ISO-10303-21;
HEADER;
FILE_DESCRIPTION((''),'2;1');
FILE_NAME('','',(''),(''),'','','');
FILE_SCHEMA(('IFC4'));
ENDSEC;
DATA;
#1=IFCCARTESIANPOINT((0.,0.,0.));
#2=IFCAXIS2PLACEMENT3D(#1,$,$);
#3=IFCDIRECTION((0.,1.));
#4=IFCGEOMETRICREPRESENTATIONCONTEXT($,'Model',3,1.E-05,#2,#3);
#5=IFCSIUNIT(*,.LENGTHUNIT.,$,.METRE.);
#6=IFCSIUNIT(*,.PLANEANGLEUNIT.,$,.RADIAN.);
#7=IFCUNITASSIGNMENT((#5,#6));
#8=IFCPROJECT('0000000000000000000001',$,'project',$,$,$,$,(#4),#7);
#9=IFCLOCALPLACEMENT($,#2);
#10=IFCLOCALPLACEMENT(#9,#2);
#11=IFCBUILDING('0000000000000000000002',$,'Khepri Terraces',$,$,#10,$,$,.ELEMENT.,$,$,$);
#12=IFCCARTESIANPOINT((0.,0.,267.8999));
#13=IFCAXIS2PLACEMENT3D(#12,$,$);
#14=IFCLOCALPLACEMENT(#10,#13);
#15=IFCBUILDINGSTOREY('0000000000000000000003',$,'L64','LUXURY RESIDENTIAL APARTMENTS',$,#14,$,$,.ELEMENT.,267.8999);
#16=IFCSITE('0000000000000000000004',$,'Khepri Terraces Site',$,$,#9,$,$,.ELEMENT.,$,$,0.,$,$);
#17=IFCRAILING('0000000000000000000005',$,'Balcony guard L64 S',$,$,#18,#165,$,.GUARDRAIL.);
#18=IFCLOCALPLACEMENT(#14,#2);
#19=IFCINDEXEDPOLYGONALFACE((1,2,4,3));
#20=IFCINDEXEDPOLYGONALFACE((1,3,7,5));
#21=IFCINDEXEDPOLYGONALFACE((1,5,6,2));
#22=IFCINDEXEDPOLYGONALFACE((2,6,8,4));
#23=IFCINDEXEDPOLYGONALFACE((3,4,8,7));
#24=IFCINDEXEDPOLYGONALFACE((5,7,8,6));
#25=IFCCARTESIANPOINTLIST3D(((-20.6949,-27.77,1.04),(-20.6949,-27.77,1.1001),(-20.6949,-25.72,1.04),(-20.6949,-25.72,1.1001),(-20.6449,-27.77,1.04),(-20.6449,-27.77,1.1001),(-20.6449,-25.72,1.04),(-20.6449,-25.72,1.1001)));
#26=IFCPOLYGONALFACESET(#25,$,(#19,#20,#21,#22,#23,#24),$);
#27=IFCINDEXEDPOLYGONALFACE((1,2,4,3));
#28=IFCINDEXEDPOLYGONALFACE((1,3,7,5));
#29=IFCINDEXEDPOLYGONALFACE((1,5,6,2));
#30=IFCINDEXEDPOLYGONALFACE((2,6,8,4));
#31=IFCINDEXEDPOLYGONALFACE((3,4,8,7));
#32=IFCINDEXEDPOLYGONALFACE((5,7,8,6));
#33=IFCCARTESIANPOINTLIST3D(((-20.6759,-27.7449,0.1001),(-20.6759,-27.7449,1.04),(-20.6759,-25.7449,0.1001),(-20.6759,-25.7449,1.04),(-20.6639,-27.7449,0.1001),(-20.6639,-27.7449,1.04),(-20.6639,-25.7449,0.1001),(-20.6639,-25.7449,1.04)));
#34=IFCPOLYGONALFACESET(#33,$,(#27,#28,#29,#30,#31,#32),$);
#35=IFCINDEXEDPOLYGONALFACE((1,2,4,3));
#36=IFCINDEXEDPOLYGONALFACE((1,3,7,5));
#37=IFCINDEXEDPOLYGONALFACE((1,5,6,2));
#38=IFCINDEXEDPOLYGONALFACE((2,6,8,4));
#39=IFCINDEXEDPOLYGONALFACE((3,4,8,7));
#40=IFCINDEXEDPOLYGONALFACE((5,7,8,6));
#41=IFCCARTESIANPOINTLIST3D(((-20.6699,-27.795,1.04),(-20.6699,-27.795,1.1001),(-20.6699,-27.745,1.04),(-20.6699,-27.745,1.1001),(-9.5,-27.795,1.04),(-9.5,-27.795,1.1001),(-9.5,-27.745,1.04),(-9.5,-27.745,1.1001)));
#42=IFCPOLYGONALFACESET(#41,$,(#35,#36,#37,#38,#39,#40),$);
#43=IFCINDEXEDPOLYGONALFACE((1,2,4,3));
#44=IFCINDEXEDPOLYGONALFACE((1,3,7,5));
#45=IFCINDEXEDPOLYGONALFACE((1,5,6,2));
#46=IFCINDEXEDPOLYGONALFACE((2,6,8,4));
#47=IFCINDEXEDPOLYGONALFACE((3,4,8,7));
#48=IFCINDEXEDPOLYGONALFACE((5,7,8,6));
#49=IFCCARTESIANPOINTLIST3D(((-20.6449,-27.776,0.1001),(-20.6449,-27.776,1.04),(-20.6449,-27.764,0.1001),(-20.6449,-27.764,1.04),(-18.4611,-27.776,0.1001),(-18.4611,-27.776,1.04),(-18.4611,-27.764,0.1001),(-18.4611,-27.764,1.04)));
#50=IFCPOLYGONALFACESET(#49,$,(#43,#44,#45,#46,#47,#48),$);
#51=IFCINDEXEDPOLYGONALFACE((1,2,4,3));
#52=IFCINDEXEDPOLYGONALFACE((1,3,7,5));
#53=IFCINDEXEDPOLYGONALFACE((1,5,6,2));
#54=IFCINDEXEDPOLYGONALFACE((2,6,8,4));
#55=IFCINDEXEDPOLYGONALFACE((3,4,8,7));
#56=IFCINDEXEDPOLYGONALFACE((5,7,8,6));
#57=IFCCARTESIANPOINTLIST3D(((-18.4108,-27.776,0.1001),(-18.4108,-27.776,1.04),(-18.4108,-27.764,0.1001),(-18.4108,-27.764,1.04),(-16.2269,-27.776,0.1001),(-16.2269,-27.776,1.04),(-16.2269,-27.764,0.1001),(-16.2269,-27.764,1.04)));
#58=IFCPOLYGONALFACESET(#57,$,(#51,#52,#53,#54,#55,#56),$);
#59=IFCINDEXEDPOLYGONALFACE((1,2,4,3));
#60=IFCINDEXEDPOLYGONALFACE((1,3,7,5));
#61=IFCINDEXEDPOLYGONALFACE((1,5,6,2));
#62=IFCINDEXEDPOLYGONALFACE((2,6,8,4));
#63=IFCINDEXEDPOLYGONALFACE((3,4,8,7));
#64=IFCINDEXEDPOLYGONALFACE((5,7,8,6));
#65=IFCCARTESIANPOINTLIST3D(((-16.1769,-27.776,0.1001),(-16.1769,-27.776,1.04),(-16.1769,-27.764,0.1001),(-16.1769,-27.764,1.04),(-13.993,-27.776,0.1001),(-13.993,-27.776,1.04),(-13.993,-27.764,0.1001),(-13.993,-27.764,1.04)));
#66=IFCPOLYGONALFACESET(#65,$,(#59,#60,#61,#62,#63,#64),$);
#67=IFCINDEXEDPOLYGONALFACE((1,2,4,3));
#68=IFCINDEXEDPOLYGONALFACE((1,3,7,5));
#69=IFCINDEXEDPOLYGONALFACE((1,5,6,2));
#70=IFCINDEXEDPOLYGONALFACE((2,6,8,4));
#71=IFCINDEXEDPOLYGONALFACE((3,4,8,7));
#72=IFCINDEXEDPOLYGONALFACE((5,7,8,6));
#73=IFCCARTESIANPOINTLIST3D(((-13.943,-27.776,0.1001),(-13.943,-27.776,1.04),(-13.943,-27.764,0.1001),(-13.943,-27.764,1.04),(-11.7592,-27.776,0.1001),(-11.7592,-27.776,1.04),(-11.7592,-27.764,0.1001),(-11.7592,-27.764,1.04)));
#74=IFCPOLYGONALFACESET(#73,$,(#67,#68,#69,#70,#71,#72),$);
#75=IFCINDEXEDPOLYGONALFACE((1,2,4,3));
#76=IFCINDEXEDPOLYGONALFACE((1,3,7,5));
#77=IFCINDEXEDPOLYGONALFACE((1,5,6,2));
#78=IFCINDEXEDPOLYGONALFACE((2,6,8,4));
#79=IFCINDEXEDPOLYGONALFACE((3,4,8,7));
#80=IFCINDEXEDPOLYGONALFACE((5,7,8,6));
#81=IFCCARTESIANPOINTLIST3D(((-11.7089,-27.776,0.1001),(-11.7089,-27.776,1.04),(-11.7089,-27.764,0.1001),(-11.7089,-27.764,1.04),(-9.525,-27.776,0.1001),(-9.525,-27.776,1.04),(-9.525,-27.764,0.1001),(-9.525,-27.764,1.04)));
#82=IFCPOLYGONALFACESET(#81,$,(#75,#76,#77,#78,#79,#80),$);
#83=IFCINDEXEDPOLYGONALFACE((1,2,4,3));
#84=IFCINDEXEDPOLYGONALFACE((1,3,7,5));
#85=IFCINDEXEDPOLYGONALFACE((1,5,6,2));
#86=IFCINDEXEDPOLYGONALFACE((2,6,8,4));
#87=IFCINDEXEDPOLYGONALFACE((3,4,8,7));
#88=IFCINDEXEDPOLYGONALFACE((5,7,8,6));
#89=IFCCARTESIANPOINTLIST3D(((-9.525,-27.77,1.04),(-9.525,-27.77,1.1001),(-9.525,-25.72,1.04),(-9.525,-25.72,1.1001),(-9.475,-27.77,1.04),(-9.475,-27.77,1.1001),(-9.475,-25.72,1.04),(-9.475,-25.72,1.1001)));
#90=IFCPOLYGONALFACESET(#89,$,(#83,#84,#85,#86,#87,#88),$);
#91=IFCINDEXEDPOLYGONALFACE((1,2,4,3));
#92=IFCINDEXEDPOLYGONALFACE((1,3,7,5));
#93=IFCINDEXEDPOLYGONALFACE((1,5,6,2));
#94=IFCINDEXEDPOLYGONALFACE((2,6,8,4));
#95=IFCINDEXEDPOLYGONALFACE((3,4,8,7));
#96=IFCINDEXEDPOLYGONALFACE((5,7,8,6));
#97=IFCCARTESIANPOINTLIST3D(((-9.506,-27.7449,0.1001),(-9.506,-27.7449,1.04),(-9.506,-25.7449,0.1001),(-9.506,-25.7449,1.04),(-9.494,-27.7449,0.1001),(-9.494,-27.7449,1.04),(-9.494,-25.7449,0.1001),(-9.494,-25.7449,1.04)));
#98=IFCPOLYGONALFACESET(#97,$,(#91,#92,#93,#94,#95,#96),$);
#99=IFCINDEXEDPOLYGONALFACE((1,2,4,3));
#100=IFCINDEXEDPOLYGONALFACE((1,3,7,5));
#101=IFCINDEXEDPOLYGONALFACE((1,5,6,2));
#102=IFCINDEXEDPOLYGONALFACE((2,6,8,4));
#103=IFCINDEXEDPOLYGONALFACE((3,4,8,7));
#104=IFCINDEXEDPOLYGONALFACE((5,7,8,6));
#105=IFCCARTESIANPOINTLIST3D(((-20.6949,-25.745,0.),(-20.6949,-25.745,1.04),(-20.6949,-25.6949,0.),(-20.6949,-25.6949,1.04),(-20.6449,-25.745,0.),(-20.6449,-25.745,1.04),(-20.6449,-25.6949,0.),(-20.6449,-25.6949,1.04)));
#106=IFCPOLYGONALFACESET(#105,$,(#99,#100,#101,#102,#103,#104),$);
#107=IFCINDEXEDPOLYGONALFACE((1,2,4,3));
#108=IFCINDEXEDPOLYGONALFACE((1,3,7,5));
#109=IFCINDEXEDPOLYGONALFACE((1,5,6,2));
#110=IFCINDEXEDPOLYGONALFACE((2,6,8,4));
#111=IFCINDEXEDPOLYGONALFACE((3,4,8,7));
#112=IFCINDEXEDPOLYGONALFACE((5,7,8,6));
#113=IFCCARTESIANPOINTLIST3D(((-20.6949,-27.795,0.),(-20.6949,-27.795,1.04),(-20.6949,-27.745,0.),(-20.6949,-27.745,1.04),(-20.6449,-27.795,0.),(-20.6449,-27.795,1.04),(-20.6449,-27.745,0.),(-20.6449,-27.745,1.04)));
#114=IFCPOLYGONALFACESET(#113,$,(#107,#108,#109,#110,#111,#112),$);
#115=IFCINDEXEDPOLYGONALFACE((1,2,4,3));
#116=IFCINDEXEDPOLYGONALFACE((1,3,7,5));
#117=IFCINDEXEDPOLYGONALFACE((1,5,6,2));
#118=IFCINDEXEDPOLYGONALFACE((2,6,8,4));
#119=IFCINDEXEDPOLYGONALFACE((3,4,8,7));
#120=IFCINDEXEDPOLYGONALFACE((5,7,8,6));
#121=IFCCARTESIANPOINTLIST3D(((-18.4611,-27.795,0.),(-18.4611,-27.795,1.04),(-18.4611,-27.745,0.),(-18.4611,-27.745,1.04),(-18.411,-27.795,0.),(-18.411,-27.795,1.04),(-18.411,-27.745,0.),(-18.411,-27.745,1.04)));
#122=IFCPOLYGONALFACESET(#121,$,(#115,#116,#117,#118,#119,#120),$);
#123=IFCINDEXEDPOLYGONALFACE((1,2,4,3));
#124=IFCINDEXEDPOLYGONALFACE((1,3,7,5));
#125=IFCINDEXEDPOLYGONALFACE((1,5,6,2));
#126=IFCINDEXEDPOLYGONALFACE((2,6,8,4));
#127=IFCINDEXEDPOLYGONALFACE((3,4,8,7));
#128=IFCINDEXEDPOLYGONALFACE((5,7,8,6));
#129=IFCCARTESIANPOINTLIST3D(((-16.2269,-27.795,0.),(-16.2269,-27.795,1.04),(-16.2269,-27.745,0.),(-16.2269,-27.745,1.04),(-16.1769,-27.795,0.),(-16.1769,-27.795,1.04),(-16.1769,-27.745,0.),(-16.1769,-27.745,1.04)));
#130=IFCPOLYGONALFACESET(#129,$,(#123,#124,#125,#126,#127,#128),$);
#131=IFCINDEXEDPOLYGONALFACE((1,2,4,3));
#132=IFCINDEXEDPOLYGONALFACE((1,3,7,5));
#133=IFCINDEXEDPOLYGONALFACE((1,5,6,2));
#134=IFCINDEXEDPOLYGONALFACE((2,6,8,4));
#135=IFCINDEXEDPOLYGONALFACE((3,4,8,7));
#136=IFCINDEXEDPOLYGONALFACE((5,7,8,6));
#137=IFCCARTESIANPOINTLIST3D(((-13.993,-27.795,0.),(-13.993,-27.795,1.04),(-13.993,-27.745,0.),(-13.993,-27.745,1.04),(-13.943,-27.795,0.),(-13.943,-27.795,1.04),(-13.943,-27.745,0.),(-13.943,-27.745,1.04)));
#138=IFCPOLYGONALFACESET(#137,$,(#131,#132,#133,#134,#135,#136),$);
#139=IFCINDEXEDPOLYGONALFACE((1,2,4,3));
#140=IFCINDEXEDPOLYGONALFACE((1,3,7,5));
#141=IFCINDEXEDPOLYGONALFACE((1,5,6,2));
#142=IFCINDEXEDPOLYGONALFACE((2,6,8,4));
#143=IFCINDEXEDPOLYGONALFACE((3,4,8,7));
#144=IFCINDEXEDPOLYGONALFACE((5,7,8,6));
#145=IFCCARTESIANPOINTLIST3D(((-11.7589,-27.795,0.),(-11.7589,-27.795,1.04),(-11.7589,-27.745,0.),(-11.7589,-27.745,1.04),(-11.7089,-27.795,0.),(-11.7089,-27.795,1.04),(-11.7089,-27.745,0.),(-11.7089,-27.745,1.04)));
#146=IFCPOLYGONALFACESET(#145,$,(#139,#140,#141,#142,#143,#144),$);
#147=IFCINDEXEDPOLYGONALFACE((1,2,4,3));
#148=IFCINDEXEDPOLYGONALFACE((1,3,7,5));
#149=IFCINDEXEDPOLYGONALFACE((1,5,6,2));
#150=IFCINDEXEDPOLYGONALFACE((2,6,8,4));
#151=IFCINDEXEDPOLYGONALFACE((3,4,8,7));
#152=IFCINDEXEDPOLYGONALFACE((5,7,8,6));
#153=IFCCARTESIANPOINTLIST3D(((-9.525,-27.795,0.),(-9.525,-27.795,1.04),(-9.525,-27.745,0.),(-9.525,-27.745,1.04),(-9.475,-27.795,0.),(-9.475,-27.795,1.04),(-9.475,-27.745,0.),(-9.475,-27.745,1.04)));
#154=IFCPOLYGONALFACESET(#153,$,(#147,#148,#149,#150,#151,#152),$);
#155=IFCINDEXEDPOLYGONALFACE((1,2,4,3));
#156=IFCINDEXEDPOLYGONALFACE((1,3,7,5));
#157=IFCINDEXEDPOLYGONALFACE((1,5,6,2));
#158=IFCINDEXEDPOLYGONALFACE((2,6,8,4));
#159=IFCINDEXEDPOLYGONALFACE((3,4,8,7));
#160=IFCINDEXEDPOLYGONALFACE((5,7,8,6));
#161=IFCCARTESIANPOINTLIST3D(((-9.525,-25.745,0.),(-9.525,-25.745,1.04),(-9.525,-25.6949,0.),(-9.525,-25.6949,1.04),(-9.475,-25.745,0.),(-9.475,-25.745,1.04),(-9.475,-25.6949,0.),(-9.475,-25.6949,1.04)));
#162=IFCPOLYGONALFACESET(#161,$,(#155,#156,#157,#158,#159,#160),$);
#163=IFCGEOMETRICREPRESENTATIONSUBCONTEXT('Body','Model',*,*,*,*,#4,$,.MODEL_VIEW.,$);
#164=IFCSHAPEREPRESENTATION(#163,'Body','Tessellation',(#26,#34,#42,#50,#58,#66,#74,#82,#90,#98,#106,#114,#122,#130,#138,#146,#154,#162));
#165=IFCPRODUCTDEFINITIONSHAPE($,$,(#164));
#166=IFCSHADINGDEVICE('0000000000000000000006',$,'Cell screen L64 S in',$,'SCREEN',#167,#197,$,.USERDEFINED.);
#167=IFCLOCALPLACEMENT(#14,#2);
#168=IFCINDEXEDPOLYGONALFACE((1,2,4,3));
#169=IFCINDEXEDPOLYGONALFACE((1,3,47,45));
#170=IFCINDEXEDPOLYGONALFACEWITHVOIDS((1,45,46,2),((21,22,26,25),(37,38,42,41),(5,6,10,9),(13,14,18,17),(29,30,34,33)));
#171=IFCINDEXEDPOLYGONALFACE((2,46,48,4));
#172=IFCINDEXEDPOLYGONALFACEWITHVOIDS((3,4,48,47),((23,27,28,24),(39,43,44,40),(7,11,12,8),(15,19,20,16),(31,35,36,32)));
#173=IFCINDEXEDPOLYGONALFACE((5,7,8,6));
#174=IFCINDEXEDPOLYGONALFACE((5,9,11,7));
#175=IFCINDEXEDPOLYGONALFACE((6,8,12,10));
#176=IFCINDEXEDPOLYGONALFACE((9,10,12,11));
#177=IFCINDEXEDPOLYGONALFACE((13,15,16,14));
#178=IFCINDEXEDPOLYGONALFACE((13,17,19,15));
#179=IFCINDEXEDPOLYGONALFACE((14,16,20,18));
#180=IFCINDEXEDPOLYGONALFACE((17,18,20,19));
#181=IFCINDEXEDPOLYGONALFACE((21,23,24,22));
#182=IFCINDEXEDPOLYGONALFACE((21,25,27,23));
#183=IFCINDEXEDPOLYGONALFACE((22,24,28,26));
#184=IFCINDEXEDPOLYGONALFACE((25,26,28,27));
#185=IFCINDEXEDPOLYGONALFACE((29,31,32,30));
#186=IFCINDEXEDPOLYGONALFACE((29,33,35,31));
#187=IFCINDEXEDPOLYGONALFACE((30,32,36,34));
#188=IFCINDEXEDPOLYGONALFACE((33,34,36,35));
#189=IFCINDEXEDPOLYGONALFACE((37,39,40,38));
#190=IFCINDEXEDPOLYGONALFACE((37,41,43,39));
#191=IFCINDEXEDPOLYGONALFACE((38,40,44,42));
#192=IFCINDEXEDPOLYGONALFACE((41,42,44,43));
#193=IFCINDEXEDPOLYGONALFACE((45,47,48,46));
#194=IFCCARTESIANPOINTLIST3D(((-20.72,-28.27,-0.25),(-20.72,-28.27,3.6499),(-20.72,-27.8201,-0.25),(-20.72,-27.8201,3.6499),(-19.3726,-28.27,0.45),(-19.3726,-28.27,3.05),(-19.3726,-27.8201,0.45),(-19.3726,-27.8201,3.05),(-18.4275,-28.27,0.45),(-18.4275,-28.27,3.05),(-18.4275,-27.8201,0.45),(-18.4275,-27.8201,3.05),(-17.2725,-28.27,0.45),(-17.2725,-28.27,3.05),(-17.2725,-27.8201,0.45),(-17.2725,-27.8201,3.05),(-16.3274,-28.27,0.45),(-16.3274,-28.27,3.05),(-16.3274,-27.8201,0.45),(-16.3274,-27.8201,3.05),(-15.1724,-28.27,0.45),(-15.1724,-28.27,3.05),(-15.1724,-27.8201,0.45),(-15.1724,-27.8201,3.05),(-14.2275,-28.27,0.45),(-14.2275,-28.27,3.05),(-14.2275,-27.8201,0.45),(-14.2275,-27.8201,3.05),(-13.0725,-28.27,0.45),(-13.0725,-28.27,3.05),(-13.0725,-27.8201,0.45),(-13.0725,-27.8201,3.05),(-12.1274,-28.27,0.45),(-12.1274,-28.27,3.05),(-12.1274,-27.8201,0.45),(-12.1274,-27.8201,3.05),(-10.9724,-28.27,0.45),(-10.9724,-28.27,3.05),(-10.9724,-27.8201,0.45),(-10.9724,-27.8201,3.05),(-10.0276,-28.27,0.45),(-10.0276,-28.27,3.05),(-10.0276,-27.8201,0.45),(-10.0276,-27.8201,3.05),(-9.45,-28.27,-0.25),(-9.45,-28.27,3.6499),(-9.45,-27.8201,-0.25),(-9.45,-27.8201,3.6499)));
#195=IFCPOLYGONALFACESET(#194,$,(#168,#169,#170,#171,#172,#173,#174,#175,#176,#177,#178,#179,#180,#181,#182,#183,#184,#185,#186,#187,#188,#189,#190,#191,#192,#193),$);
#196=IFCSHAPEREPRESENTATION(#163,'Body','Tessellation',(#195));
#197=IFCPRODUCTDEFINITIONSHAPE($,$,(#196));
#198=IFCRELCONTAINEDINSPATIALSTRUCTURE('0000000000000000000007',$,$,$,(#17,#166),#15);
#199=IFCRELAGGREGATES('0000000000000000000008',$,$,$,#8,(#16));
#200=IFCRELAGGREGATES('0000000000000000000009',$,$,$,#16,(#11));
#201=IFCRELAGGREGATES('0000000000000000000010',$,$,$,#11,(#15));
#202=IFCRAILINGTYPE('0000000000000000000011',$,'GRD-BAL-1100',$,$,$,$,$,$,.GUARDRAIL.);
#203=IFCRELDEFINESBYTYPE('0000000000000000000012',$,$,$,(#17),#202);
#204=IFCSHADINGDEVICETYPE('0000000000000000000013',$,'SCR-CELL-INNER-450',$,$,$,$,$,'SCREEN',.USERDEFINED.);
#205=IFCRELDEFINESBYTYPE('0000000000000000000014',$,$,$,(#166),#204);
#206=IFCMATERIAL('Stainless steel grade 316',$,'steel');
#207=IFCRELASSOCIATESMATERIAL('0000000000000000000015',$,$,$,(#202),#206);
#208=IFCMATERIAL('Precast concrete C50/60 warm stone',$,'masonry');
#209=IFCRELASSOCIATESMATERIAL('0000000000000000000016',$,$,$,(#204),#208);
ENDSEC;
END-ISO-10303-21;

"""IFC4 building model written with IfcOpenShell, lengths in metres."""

from ifc_helpers import new_model, si_unit, direction, frame, origin, origin_2d, place, context, subcontext, project, spatial, polyline, rectangle, outline, extrude, material, type_object, element, save


model = new_model("IFC4")

# Units and contexts
model_context = context("Model", 3, precision=1e-05, world=origin(), true_north=direction((0.0, 1.0)))
body_context = subcontext(model_context, "Body", "Model", "MODEL_VIEW")
ifc_project = project(units=[si_unit("LENGTHUNIT", "METRE"), si_unit("PLANEANGLEUNIT", "RADIAN")], contexts=[model_context])

# Site, building, storey
site_placement = place(None, origin())
site = spatial("IfcSite", under=ifc_project, at=site_placement, Name="Khepri Terraces Site", CompositionType="ELEMENT", RefElevation=0.0)
building_placement = place(site_placement, origin())
building = spatial("IfcBuilding", under=site, at=building_placement, Name="Khepri Terraces", CompositionType="ELEMENT")
storey_placement = place(building_placement, frame((0.0, 0.0, 267.8999)))
storey = spatial("IfcBuildingStorey", under=building, at=storey_placement, Name="L64", Description="LUXURY RESIDENTIAL APARTMENTS", CompositionType="ELEMENT", Elevation=267.8999)

# Shared definitions
ifc_material_1 = material(Name="Precast concrete C50/60 warm stone", Category="masonry")

# Railing
ifc_material_2 = material(Name="Stainless steel grade 316", Category="steel")
railing_type = type_object("IfcRailingType", Name="GRD-BAL-1100", PredefinedType="GUARDRAIL", material=ifc_material_2)
railing_placement = place(storey_placement, frame((-20.6699, -25.72, 0.0)))
element("IfcRailing", 1, at=railing_placement, inside=storey, type_object=railing_type, Name="Balcony guard L64 S", PredefinedType="GUARDRAIL", context=body_context, shape_type="SweptSolid", body=[
    extrude(rectangle(XDim=0.05, YDim=0.0601, at=origin_2d()), frame((0.0, 0.0, 1.0701), z_axis=(0.0, -1.0, 0.0), x_axis=(1.0, 0.0, 0.0)), (0.0, 0.0, 1.0), 2.05),
    extrude(rectangle(XDim=2.0, YDim=0.012, at=origin_2d()), frame((0.0, -1.0249, 0.1001), z_axis=(0.0, 0.0, 1.0), x_axis=(0.0, -1.0, 0.0)), (0.0, 0.0, 1.0), 0.9399),
    extrude(rectangle(XDim=0.05, YDim=0.0601, at=origin_2d()), frame((0.0, -2.05, 1.0701), z_axis=(1.0, 0.0, 0.0), x_axis=(0.0, 1.0, 0.0)), (0.0, 0.0, 1.0), 11.1699),
    extrude(rectangle(XDim=2.1838, YDim=0.012, at=origin_2d()), frame((1.1169, -2.05, 0.1001), z_axis=(0.0, 0.0, 1.0), x_axis=(1.0, 0.0, 0.0)), (0.0, 0.0, 1.0), 0.9399),
    extrude(rectangle(XDim=2.1838, YDim=0.012, at=origin_2d()), frame((3.3511, -2.05, 0.1001), z_axis=(0.0, 0.0, 1.0), x_axis=(1.0, 0.0, 0.0)), (0.0, 0.0, 1.0), 0.9399),
    extrude(rectangle(XDim=2.1838, YDim=0.012, at=origin_2d()), frame((5.585, -2.05, 0.1001), z_axis=(0.0, 0.0, 1.0), x_axis=(1.0, 0.0, 0.0)), (0.0, 0.0, 1.0), 0.9399),
    extrude(rectangle(XDim=2.1838, YDim=0.012, at=origin_2d()), frame((7.8188, -2.05, 0.1001), z_axis=(0.0, 0.0, 1.0), x_axis=(1.0, 0.0, 0.0)), (0.0, 0.0, 1.0), 0.9399),
    extrude(rectangle(XDim=2.1838, YDim=0.012, at=origin_2d()), frame((10.053, -2.05, 0.1001), z_axis=(0.0, 0.0, 1.0), x_axis=(1.0, 0.0, 0.0)), (0.0, 0.0, 1.0), 0.9399),
    extrude(rectangle(XDim=0.05, YDim=0.0601, at=origin_2d()), frame((11.1699, -2.05, 1.0701), z_axis=(0.0, 1.0, 0.0), x_axis=(-1.0, 0.0, 0.0)), (0.0, 0.0, 1.0), 2.05),
    extrude(rectangle(XDim=2.0, YDim=0.012, at=origin_2d()), frame((11.1699, -1.0249, 0.1001), z_axis=(0.0, 0.0, 1.0), x_axis=(0.0, 1.0, 0.0)), (0.0, 0.0, 1.0), 0.9399),
    extrude(rectangle(XDim=0.05, YDim=0.05, at=origin_2d()), origin(), (0.0, 0.0, 1.0), 1.04),
    extrude(rectangle(XDim=0.05, YDim=0.05, at=origin_2d()), frame((0.0, -2.05, 0.0)), (0.0, 0.0, 1.0), 1.04),
    extrude(rectangle(XDim=0.05, YDim=0.05, at=origin_2d()), frame((2.2339, -2.05, 0.0)), (0.0, 0.0, 1.0), 1.04),
    extrude(rectangle(XDim=0.05, YDim=0.05, at=origin_2d()), frame((4.468, -2.05, 0.0)), (0.0, 0.0, 1.0), 1.04),
    extrude(rectangle(XDim=0.05, YDim=0.05, at=origin_2d()), frame((6.7019, -2.05, 0.0)), (0.0, 0.0, 1.0), 1.04),
    extrude(rectangle(XDim=0.05, YDim=0.05, at=origin_2d()), frame((8.936, -2.05, 0.0)), (0.0, 0.0, 1.0), 1.04),
    extrude(rectangle(XDim=0.05, YDim=0.05, at=origin_2d()), frame((11.1699, -2.05, 0.0)), (0.0, 0.0, 1.0), 1.04),
    extrude(rectangle(XDim=0.05, YDim=0.05, at=origin_2d()), frame((11.1699, 0.0, 0.0)), (0.0, 0.0, 1.0), 1.04),
])

# Shading device
shading_device_type_1 = type_object("IfcShadingDeviceType", Name="SCR-CELL-INNER-450", ElementType="SCREEN", PredefinedType="USERDEFINED", material=ifc_material_1)
shading_device_1_placement = place(storey_placement, frame((-20.72, -27.8201, -0.25), z_axis=(0.0, -1.0, 0.0), x_axis=(1.0, 0.0, 0.0)))
element("IfcShadingDevice", 2, at=shading_device_1_placement, inside=storey, type_object=shading_device_type_1, Name="Cell screen L64 S in", ObjectType="SCREEN", PredefinedType="USERDEFINED", context=body_context, shape_type="SweptSolid", body=[
    extrude(outline(polyline([(0.0, 0.0), (11.27, 0.0), (11.27, 3.8999), (0.0, 3.8999), (0.0, 0.0)]), holes=[polyline([(1.3474, 0.7), (2.2925, 0.7), (2.2925, 3.3), (1.3474, 3.3), (1.3474, 0.7)]), polyline([(3.4475, 0.7), (4.3926, 0.7), (4.3926, 3.3), (3.4475, 3.3), (3.4475, 0.7)]), polyline([(5.5476, 0.7), (6.4924, 0.7), (6.4924, 3.3), (5.5476, 3.3), (5.5476, 0.7)]), polyline([(7.6475, 0.7), (8.5925, 0.7), (8.5925, 3.3), (7.6475, 3.3), (7.6475, 0.7)]), polyline([(9.7476, 0.7), (10.6924, 0.7), (10.6924, 3.3), (9.7476, 3.3), (9.7476, 0.7)])]), origin(), (0.0, 0.0, 1.0), 0.45),
])

save(model, "model.ifc")
